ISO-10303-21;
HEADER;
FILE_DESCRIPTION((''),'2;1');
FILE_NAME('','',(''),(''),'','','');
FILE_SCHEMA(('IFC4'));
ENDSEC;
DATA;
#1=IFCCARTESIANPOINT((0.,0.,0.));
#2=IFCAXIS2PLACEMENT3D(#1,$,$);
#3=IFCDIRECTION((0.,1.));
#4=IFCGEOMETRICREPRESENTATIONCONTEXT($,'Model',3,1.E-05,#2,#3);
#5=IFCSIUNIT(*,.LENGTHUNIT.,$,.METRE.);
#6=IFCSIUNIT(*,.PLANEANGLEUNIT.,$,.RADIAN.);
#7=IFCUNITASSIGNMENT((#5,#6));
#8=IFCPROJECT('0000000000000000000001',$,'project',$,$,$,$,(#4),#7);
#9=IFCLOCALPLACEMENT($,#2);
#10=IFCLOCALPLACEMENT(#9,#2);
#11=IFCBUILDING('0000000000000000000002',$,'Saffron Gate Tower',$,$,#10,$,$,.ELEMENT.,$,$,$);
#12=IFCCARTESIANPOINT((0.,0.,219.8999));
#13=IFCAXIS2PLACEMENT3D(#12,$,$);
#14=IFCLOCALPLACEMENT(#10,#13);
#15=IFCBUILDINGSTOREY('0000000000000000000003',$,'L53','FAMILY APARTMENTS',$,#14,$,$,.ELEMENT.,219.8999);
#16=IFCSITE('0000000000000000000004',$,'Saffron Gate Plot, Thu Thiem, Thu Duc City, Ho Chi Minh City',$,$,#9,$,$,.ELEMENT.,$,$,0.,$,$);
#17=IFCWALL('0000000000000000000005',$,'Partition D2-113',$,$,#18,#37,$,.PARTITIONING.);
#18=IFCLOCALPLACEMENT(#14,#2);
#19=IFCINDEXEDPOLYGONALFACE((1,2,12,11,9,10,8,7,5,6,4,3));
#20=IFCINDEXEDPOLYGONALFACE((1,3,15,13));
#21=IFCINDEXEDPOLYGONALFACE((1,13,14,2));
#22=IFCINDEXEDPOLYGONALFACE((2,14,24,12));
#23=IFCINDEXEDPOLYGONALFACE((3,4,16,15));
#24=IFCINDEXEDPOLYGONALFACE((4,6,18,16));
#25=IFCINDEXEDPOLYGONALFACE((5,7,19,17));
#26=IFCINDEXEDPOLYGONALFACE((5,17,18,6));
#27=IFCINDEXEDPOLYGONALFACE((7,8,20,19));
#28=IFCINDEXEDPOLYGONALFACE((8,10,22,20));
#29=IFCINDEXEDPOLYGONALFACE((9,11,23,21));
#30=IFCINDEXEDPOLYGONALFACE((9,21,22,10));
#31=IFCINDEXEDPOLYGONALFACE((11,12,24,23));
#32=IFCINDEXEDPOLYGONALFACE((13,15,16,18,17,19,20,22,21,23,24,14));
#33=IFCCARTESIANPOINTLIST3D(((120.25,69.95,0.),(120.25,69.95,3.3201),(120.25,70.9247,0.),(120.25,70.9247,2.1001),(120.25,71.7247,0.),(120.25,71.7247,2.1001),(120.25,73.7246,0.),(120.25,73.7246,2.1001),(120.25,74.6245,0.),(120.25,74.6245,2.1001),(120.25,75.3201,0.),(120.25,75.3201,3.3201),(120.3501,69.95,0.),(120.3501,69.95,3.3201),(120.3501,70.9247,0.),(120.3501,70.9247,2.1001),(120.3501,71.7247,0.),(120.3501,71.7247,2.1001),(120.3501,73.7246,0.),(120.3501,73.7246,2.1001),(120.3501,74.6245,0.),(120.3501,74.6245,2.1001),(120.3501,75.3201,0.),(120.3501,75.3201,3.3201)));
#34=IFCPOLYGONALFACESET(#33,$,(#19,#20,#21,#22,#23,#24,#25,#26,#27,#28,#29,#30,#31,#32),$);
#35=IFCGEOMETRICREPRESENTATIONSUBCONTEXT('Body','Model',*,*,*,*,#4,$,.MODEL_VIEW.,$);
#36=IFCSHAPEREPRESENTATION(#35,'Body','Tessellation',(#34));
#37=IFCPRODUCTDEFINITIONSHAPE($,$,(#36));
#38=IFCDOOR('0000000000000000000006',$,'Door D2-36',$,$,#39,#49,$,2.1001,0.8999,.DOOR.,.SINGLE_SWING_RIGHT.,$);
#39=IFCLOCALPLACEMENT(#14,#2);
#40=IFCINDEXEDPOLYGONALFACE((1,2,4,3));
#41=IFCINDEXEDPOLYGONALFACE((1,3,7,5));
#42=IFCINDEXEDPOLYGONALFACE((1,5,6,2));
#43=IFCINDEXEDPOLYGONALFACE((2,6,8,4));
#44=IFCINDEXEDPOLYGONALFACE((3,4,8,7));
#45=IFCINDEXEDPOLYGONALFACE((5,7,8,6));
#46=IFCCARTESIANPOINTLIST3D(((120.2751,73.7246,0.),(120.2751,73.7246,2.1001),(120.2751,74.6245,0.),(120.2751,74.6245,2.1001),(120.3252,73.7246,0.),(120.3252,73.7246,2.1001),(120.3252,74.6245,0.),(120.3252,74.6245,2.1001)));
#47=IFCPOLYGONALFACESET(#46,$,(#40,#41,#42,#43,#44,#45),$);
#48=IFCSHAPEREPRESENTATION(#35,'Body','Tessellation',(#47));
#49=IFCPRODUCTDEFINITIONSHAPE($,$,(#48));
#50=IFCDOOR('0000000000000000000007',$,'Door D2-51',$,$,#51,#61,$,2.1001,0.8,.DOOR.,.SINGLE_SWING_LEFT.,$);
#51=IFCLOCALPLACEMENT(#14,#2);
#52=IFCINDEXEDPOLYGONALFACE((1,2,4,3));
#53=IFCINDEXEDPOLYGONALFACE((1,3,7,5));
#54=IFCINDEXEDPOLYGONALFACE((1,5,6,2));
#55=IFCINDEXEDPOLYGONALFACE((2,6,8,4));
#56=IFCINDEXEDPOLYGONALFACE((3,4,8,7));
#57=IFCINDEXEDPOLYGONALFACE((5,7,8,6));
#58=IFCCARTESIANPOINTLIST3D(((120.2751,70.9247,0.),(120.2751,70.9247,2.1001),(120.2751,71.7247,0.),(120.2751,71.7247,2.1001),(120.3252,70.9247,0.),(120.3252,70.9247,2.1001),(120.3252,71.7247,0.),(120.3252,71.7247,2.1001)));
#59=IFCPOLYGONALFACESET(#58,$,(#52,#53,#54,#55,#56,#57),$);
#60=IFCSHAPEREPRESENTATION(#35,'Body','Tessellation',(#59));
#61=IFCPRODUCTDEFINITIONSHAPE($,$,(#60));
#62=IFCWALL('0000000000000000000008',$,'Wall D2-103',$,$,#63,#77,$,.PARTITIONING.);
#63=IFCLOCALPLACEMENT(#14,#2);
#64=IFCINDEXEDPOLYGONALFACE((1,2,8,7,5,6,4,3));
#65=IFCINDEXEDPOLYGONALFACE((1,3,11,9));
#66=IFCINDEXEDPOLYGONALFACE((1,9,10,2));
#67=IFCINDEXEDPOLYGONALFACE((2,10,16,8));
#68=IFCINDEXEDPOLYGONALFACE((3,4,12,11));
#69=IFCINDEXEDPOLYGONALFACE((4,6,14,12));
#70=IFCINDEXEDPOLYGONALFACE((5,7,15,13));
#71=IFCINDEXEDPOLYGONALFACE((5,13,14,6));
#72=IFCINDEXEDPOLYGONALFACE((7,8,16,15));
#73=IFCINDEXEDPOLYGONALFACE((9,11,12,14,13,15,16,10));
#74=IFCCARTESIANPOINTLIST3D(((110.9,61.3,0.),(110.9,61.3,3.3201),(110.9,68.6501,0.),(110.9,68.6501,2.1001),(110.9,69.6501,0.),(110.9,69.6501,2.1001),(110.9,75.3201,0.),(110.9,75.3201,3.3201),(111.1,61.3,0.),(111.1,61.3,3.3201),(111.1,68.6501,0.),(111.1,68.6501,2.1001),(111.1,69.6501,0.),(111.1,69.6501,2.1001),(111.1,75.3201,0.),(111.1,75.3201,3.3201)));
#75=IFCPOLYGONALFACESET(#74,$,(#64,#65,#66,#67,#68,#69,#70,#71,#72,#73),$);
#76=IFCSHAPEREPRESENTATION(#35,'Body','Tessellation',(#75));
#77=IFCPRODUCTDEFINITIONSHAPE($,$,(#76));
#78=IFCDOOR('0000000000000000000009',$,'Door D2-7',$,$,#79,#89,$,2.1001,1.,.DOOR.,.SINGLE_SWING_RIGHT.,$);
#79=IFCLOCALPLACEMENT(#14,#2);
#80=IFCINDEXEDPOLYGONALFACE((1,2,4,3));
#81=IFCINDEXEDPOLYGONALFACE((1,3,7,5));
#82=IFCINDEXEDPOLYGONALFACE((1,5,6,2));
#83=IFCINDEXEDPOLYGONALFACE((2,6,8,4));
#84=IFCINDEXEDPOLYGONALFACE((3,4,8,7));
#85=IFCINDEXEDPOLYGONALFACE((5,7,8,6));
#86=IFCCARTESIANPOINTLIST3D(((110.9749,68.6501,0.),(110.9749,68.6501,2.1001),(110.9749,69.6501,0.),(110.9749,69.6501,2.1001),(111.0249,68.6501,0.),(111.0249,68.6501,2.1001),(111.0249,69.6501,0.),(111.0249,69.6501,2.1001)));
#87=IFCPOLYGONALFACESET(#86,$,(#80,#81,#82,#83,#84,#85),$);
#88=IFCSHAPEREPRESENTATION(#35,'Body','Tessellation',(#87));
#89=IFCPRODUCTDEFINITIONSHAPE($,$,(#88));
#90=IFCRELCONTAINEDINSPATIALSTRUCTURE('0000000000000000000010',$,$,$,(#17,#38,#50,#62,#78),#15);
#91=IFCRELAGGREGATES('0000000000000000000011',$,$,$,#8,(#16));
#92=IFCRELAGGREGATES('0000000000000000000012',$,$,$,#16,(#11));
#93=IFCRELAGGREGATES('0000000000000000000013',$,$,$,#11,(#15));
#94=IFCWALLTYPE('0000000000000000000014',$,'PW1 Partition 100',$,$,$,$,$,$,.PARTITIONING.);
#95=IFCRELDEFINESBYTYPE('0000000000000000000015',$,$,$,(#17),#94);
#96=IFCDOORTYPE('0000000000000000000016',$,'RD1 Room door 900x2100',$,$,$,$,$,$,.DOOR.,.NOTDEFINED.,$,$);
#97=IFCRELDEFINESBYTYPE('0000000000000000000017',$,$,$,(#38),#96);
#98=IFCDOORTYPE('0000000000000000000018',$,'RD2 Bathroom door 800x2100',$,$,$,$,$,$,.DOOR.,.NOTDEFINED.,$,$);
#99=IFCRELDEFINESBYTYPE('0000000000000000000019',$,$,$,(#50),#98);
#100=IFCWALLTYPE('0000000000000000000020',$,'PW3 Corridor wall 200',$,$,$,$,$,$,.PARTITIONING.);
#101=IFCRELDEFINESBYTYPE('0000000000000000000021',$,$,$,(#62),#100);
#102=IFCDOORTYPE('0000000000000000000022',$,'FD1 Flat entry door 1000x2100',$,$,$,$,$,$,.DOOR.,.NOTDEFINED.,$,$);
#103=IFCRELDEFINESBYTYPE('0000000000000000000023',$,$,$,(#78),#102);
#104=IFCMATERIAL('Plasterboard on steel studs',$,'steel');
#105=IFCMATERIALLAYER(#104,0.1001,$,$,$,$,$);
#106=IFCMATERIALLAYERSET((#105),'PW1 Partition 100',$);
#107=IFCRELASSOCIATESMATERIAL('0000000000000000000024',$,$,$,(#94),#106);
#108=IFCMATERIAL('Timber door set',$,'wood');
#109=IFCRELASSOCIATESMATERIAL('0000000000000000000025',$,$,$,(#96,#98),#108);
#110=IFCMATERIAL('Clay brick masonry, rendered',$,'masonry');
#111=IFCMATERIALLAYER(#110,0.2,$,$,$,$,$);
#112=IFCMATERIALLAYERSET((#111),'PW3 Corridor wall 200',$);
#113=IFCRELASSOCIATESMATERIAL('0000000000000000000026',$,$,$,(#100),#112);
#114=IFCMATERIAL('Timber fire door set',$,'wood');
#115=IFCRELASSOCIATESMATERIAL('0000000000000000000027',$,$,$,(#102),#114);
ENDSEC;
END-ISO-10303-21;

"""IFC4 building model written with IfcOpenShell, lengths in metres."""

from ifc_helpers import new_model, si_unit, direction, frame, frame_2d, origin, place, context, subcontext, project, spatial, rectangle, extrude, material, layer, layer_set, type_object, element, fill, save


model = new_model("IFC4")

# Units and contexts
model_context = context("Model", 3, precision=1e-05, world=origin(), true_north=direction((0.0, 1.0)))
body_context = subcontext(model_context, "Body", "Model", "MODEL_VIEW")
ifc_project = project(units=[si_unit("LENGTHUNIT", "METRE"), si_unit("PLANEANGLEUNIT", "RADIAN")], contexts=[model_context])

# Site, building, storey
site_placement = place(None, origin())
site = spatial("IfcSite", under=ifc_project, at=site_placement, Name="Saffron Gate Plot, Thu Thiem, Thu Duc City, Ho Chi Minh City", CompositionType="ELEMENT", RefElevation=0.0)
building_placement = place(site_placement, origin())
building = spatial("IfcBuilding", under=site, at=building_placement, Name="Saffron Gate Tower", CompositionType="ELEMENT")
storey_placement = place(building_placement, frame((0.0, 0.0, 219.8999)))
storey = spatial("IfcBuildingStorey", under=building, at=storey_placement, Name="L53", Description="FAMILY APARTMENTS", CompositionType="ELEMENT", Elevation=219.8999)

# Shared definitions
ifc_material_1 = material(Name="Plasterboard on steel studs", Category="steel")
ifc_layer_1 = layer(ifc_material_1, 0.1001)
ifc_layer_set_1 = layer_set([ifc_layer_1], Name="PW1 Partition 100")
wall_type_1 = type_object("IfcWallType", Name="PW1 Partition 100", PredefinedType="PARTITIONING", material=ifc_layer_set_1)

# Shared definitions
ifc_material_2 = material(Name="Timber door set", Category="wood")
door_type_1 = type_object("IfcDoorType", Name="RD1 Room door 900x2100", OperationType="NOTDEFINED", PredefinedType="DOOR", material=ifc_material_2)

# Wall, openings, doors
wall_1_placement = place(storey_placement, frame((120.3, 69.95, 0.0), z_axis=(0.0, 0.0, 1.0), x_axis=(0.0, 1.0, 0.0)))
wall_1 = element("IfcWall", 1, at=wall_1_placement, inside=storey, type_object=wall_type_1, Name="Partition D2-113", PredefinedType="PARTITIONING", context=body_context, shape_type="SweptSolid", body=[
    extrude(rectangle(XDim=5.3701, YDim=0.1001, at=frame_2d((2.6851, 0.0))), origin(), (0.0, 0.0, 1.0), 3.3201),
])
opening_1_placement = place(wall_1_placement, frame((0.9749, 0.0, 0.0)))
opening_1 = element("IfcOpeningElement", 2, at=opening_1_placement, cuts=wall_1, PredefinedType="OPENING", context=body_context, shape_type="SweptSolid", body=[
    extrude(rectangle(XDim=0.8, YDim=2.1001, at=frame_2d((0.3999, 1.05))), frame((0.0, 0.0601, 0.0), z_axis=(0.0, -1.0, 0.0), x_axis=(1.0, 0.0, 0.0)), (0.0, 0.0, 1.0), 0.1201),
])
opening_2_placement = place(wall_1_placement, frame((3.7747, 0.0, 0.0)))
opening_2 = element("IfcOpeningElement", 3, at=opening_2_placement, cuts=wall_1, PredefinedType="OPENING", context=body_context, shape_type="SweptSolid", body=[
    extrude(rectangle(XDim=0.8999, YDim=2.1001, at=frame_2d((0.45, 1.05))), frame((0.0, 0.0601, 0.0), z_axis=(0.0, -1.0, 0.0), x_axis=(1.0, 0.0, 0.0)), (0.0, 0.0, 1.0), 0.1201),
])
door_1_placement = place(opening_2_placement, origin())
door_1 = element("IfcDoor", 4, at=door_1_placement, inside=storey, type_object=door_type_1, Name="Door D2-36", OperationType="SINGLE_SWING_RIGHT", OverallHeight=2.1001, OverallWidth=0.8999, PredefinedType="DOOR", context=body_context, shape_type="SweptSolid", body=[
    extrude(rectangle(XDim=0.8999, YDim=2.1001, at=frame_2d((0.45, 1.05))), frame((0.0, 0.0249, 0.0), z_axis=(0.0, -1.0, 0.0), x_axis=(1.0, 0.0, 0.0)), (0.0, 0.0, 1.0), 0.05),
])
fill(opening_2, door_1)
door_type_2 = type_object("IfcDoorType", Name="RD2 Bathroom door 800x2100", OperationType="NOTDEFINED", PredefinedType="DOOR", material=ifc_material_2)
door_2_placement = place(opening_1_placement, origin())
door_2 = element("IfcDoor", 5, at=door_2_placement, inside=storey, type_object=door_type_2, Name="Door D2-51", OperationType="SINGLE_SWING_LEFT", OverallHeight=2.1001, OverallWidth=0.8, PredefinedType="DOOR", context=body_context, shape_type="SweptSolid", body=[
    extrude(rectangle(XDim=0.8, YDim=2.1001, at=frame_2d((0.3999, 1.05))), frame((0.0, 0.0249, 0.0), z_axis=(0.0, -1.0, 0.0), x_axis=(1.0, 0.0, 0.0)), (0.0, 0.0, 1.0), 0.05),
])
fill(opening_1, door_2)

# Wall, opening, door
ifc_material_3 = material(Name="Clay brick masonry, rendered", Category="masonry")
ifc_layer_2 = layer(ifc_material_3, 0.2)
ifc_layer_set_2 = layer_set([ifc_layer_2], Name="PW3 Corridor wall 200")
wall_type_2 = type_object("IfcWallType", Name="PW3 Corridor wall 200", PredefinedType="PARTITIONING", material=ifc_layer_set_2)
wall_2_placement = place(storey_placement, frame((111.0, 75.3201, 0.0), z_axis=(0.0, 0.0, 1.0), x_axis=(0.0, -1.0, 0.0)))
wall_2 = element("IfcWall", 6, at=wall_2_placement, inside=storey, type_object=wall_type_2, Name="Wall D2-103", PredefinedType="PARTITIONING", context=body_context, shape_type="SweptSolid", body=[
    extrude(rectangle(XDim=14.02, YDim=0.2, at=frame_2d((7.01, 0.0))), origin(), (0.0, 0.0, 1.0), 3.3201),
])
opening_3_placement = place(wall_2_placement, frame((5.6699, 0.0, 0.0)))
opening_3 = element("IfcOpeningElement", 7, at=opening_3_placement, cuts=wall_2, PredefinedType="OPENING", context=body_context, shape_type="SweptSolid", body=[
    extrude(rectangle(XDim=1.0, YDim=2.1001, at=frame_2d((0.5, 1.05))), frame((0.0, 0.1099, 0.0), z_axis=(0.0, -1.0, 0.0), x_axis=(1.0, 0.0, 0.0)), (0.0, 0.0, 1.0), 0.22),
])
ifc_material_4 = material(Name="Timber fire door set", Category="wood")
door_type_3 = type_object("IfcDoorType", Name="FD1 Flat entry door 1000x2100", OperationType="NOTDEFINED", PredefinedType="DOOR", material=ifc_material_4)
door_3_placement = place(opening_3_placement, origin())
door_3 = element("IfcDoor", 8, at=door_3_placement, inside=storey, type_object=door_type_3, Name="Door D2-7", OperationType="SINGLE_SWING_RIGHT", OverallHeight=2.1001, OverallWidth=1.0, PredefinedType="DOOR", context=body_context, shape_type="SweptSolid", body=[
    extrude(rectangle(XDim=1.0, YDim=2.1001, at=frame_2d((0.5, 1.05))), frame((0.0, 0.0249, 0.0), z_axis=(0.0, -1.0, 0.0), x_axis=(1.0, 0.0, 0.0)), (0.0, 0.0, 1.0), 0.05),
])
fill(opening_3, door_3)

save(model, "model.ifc")
